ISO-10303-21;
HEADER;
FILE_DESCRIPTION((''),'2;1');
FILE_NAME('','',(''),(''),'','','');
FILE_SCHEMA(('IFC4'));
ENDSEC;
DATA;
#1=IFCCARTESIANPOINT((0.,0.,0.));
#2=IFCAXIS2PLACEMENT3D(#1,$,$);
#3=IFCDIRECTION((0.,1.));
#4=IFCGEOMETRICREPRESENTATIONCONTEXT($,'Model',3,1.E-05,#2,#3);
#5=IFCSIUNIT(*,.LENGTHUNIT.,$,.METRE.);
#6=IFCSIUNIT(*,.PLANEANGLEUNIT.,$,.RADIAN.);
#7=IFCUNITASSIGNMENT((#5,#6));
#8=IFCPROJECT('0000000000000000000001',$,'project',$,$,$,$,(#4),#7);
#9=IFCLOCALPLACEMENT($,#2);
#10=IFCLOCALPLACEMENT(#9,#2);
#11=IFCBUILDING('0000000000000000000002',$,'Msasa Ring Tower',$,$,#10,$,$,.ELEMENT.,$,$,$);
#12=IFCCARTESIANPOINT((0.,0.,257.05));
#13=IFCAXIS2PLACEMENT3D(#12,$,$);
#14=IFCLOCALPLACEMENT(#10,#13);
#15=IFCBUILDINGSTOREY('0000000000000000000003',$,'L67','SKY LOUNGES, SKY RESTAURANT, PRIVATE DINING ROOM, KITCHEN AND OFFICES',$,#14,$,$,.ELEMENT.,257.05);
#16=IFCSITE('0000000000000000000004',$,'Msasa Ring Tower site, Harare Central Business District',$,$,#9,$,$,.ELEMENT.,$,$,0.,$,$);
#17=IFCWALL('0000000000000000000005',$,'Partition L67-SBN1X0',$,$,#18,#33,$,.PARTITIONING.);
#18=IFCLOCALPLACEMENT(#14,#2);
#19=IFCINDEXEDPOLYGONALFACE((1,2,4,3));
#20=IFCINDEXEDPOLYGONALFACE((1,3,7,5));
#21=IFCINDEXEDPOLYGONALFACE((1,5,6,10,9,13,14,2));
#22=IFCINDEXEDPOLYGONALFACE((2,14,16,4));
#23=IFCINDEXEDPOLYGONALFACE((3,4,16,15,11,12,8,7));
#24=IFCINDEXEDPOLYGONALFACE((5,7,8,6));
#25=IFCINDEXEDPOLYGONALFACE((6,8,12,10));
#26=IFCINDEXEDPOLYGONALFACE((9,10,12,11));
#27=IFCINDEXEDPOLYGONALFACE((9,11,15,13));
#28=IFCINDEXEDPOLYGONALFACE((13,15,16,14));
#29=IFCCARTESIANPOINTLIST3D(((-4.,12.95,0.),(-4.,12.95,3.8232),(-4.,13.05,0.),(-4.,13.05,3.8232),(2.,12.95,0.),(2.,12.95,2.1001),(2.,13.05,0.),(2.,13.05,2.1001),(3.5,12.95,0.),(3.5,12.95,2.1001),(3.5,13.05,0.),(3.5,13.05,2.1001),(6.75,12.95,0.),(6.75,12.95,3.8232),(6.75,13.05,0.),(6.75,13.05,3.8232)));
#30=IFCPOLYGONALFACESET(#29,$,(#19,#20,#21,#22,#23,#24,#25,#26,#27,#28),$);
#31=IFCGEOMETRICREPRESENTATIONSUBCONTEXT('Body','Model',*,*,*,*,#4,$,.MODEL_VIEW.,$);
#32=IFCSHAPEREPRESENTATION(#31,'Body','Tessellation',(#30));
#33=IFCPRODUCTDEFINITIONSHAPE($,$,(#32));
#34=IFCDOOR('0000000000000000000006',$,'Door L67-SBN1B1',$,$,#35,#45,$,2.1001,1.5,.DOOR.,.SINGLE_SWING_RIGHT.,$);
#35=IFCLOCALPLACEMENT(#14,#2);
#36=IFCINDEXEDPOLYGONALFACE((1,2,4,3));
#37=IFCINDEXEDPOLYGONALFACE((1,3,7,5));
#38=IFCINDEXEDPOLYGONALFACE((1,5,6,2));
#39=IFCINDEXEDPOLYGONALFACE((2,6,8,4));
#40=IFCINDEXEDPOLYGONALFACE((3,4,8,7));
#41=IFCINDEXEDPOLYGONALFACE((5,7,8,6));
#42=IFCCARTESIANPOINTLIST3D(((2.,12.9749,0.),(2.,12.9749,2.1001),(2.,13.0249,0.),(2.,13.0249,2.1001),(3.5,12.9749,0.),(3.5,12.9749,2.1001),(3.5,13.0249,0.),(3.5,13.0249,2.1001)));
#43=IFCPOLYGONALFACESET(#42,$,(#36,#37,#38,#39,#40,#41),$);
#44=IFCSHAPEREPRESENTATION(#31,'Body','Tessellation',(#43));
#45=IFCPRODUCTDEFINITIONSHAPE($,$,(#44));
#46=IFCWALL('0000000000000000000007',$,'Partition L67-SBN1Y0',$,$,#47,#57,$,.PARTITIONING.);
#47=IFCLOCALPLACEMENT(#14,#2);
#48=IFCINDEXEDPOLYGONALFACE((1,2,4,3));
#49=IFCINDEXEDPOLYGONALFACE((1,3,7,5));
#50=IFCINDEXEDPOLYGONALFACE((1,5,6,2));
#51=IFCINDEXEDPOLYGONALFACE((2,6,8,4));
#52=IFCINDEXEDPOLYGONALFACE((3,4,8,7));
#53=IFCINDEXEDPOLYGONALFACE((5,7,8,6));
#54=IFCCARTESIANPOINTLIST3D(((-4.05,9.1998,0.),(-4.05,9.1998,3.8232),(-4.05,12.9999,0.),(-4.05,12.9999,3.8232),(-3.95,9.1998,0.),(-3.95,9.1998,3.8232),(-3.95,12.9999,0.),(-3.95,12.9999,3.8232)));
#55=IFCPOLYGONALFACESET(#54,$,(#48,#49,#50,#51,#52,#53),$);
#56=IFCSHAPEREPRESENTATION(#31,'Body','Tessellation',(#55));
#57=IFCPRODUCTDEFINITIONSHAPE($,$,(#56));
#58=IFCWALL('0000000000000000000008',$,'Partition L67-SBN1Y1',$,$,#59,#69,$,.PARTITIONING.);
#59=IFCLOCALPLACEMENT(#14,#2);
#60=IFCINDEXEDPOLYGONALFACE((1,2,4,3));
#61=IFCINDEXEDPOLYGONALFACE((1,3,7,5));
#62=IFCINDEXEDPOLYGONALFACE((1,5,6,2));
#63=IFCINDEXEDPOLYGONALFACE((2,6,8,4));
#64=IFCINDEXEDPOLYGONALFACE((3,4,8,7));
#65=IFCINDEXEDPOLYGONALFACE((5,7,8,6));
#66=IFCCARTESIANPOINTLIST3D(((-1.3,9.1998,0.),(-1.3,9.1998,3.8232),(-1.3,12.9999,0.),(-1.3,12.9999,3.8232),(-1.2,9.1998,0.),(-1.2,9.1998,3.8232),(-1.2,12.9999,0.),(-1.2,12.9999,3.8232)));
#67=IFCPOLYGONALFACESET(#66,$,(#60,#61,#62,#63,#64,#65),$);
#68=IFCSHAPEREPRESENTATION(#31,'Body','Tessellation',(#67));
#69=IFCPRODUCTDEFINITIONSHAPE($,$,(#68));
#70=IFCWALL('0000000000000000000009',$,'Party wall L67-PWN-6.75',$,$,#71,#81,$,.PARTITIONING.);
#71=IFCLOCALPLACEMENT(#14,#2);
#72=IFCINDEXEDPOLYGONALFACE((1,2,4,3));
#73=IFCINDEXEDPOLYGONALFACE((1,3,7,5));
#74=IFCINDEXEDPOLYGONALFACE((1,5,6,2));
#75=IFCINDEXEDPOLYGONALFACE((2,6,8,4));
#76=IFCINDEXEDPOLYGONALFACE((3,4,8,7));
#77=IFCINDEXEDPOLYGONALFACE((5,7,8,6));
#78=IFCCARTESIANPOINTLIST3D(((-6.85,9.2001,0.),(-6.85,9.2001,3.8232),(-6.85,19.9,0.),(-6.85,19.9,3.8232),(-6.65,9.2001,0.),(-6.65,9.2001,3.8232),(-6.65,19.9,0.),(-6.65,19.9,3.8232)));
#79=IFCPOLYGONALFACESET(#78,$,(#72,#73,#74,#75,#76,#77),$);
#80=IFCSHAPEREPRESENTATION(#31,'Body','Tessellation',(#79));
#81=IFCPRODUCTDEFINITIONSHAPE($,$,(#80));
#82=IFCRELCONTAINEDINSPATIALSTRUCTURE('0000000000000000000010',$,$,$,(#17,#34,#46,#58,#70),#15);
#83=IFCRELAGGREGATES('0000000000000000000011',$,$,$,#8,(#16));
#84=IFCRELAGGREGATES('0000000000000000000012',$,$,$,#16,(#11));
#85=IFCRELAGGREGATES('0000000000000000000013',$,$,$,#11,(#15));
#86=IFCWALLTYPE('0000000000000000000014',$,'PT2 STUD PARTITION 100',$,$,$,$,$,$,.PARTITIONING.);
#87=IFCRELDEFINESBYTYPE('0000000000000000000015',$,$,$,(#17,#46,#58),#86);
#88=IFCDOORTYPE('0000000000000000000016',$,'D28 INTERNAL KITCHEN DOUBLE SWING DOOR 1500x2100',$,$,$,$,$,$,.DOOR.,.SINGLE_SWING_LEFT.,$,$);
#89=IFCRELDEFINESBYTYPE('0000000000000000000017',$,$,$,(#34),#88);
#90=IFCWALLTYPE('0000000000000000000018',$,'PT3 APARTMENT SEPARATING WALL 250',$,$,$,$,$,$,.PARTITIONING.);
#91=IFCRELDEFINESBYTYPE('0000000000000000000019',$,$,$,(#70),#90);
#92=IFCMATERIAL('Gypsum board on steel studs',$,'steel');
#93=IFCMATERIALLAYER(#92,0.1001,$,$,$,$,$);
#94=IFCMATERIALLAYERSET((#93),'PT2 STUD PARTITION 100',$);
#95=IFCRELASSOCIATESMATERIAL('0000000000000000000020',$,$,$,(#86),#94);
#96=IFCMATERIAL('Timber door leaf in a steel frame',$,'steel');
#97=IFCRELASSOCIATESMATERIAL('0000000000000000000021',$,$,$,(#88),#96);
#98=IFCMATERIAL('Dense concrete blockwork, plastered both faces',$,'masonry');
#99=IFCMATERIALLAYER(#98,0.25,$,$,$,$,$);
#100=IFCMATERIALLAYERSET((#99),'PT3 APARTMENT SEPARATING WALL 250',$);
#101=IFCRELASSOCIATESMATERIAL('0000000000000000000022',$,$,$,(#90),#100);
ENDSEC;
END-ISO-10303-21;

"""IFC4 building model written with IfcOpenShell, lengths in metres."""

from ifc_helpers import new_model, si_unit, direction, frame, frame_2d, origin, place, context, subcontext, project, spatial, rectangle, extrude, material, layer, layer_set, type_object, element, fill, save


model = new_model("IFC4")

# Units and contexts
model_context = context("Model", 3, precision=1e-05, world=origin(), true_north=direction((0.0, 1.0)))
body_context = subcontext(model_context, "Body", "Model", "MODEL_VIEW")
ifc_project = project(units=[si_unit("LENGTHUNIT", "METRE"), si_unit("PLANEANGLEUNIT", "RADIAN")], contexts=[model_context])

# Site, building, storey
site_placement = place(None, origin())
site = spatial("IfcSite", under=ifc_project, at=site_placement, Name="Msasa Ring Tower site, Harare Central Business District", CompositionType="ELEMENT", RefElevation=0.0)
building_placement = place(site_placement, origin())
building = spatial("IfcBuilding", under=site, at=building_placement, Name="Msasa Ring Tower", CompositionType="ELEMENT")
storey_placement = place(building_placement, frame((0.0, 0.0, 257.05)))
storey = spatial("IfcBuildingStorey", under=building, at=storey_placement, Name="L67", Description="SKY LOUNGES, SKY RESTAURANT, PRIVATE DINING ROOM, KITCHEN AND OFFICES", CompositionType="ELEMENT", Elevation=257.05)

# Wall, opening, door
ifc_material_1 = material(Name="Gypsum board on steel studs", Category="steel")
ifc_layer_1 = layer(ifc_material_1, 0.1001)
ifc_layer_set_1 = layer_set([ifc_layer_1], Name="PT2 STUD PARTITION 100")
wall_type_1 = type_object("IfcWallType", Name="PT2 STUD PARTITION 100", PredefinedType="PARTITIONING", material=ifc_layer_set_1)
wall_1_placement = place(storey_placement, frame((-4.0, 13.0, 0.0), z_axis=(0.0, 0.0, 1.0), x_axis=(1.0, 0.0, 0.0)))
wall_1 = element("IfcWall", 1, at=wall_1_placement, inside=storey, type_object=wall_type_1, Name="Partition L67-SBN1X0", PredefinedType="PARTITIONING", context=body_context, shape_type="SweptSolid", body=[
    extrude(rectangle(XDim=10.75, YDim=0.1001, at=frame_2d((5.375, 0.0))), origin(), (0.0, 0.0, 1.0), 3.8232),
])
opening_placement = place(wall_1_placement, frame((6.0, 0.0, 0.0)))
opening = element("IfcOpeningElement", 2, at=opening_placement, cuts=wall_1, PredefinedType="OPENING", context=body_context, shape_type="SweptSolid", body=[
    extrude(rectangle(XDim=1.5, YDim=2.1001, at=frame_2d((0.75, 1.05))), frame((0.0, 0.0601, 0.0), z_axis=(0.0, -1.0, 0.0), x_axis=(1.0, 0.0, 0.0)), (0.0, 0.0, 1.0), 0.1201),
])
ifc_material_2 = material(Name="Timber door leaf in a steel frame", Category="steel")
door_type = type_object("IfcDoorType", Name="D28 INTERNAL KITCHEN DOUBLE SWING DOOR 1500x2100", OperationType="SINGLE_SWING_LEFT", PredefinedType="DOOR", material=ifc_material_2)
door_placement = place(opening_placement, origin())
door = element("IfcDoor", 3, at=door_placement, inside=storey, type_object=door_type, Name="Door L67-SBN1B1", OperationType="SINGLE_SWING_RIGHT", OverallHeight=2.1001, OverallWidth=1.5, PredefinedType="DOOR", context=body_context, shape_type="SweptSolid", body=[
    extrude(rectangle(XDim=1.5, YDim=2.1001, at=frame_2d((0.75, 1.05))), frame((0.0, 0.0249, 0.0), z_axis=(0.0, -1.0, 0.0), x_axis=(1.0, 0.0, 0.0)), (0.0, 0.0, 1.0), 0.05),
])
fill(opening, door)

# Walls
for number, where, z_axis, x_axis, name in (
    (4, (-4.0, 9.2, 0.0), (0.0, 0.0, 1.0), (0.0, 1.0, 0.0), "Partition L67-SBN1Y0"),
    (5, (-1.25, 9.2, 0.0), (0.0, 0.0, 1.0), (0.0, 1.0, 0.0), "Partition L67-SBN1Y1"),
):
    element("IfcWall", number, at=place(storey_placement, frame(where, z_axis=z_axis, x_axis=x_axis)), inside=storey, type_object=wall_type_1, Name=name, PredefinedType="PARTITIONING", context=body_context, shape_type="SweptSolid", body=[
        extrude(rectangle(XDim=3.8, YDim=0.1001, at=frame_2d((1.8999, 0.0))), origin(), (0.0, 0.0, 1.0), 3.8232),
    ])
ifc_material_3 = material(Name="Dense concrete blockwork, plastered both faces", Category="masonry")
ifc_layer_2 = layer(ifc_material_3, 0.25)
ifc_layer_set_2 = layer_set([ifc_layer_2], Name="PT3 APARTMENT SEPARATING WALL 250")
wall_type_2 = type_object("IfcWallType", Name="PT3 APARTMENT SEPARATING WALL 250", PredefinedType="PARTITIONING", material=ifc_layer_set_2)
wall_2_placement = place(storey_placement, frame((-6.75, 9.2, 0.0), z_axis=(0.0, 0.0, 1.0), x_axis=(0.0, 1.0, 0.0)))
element("IfcWall", 6, at=wall_2_placement, inside=storey, type_object=wall_type_2, Name="Party wall L67-PWN-6.75", PredefinedType="PARTITIONING", context=body_context, shape_type="SweptSolid", body=[
    extrude(rectangle(XDim=10.7, YDim=0.2, at=frame_2d((5.3501, 0.0))), origin(), (0.0, 0.0, 1.0), 3.8232),
])

save(model, "model.ifc")
